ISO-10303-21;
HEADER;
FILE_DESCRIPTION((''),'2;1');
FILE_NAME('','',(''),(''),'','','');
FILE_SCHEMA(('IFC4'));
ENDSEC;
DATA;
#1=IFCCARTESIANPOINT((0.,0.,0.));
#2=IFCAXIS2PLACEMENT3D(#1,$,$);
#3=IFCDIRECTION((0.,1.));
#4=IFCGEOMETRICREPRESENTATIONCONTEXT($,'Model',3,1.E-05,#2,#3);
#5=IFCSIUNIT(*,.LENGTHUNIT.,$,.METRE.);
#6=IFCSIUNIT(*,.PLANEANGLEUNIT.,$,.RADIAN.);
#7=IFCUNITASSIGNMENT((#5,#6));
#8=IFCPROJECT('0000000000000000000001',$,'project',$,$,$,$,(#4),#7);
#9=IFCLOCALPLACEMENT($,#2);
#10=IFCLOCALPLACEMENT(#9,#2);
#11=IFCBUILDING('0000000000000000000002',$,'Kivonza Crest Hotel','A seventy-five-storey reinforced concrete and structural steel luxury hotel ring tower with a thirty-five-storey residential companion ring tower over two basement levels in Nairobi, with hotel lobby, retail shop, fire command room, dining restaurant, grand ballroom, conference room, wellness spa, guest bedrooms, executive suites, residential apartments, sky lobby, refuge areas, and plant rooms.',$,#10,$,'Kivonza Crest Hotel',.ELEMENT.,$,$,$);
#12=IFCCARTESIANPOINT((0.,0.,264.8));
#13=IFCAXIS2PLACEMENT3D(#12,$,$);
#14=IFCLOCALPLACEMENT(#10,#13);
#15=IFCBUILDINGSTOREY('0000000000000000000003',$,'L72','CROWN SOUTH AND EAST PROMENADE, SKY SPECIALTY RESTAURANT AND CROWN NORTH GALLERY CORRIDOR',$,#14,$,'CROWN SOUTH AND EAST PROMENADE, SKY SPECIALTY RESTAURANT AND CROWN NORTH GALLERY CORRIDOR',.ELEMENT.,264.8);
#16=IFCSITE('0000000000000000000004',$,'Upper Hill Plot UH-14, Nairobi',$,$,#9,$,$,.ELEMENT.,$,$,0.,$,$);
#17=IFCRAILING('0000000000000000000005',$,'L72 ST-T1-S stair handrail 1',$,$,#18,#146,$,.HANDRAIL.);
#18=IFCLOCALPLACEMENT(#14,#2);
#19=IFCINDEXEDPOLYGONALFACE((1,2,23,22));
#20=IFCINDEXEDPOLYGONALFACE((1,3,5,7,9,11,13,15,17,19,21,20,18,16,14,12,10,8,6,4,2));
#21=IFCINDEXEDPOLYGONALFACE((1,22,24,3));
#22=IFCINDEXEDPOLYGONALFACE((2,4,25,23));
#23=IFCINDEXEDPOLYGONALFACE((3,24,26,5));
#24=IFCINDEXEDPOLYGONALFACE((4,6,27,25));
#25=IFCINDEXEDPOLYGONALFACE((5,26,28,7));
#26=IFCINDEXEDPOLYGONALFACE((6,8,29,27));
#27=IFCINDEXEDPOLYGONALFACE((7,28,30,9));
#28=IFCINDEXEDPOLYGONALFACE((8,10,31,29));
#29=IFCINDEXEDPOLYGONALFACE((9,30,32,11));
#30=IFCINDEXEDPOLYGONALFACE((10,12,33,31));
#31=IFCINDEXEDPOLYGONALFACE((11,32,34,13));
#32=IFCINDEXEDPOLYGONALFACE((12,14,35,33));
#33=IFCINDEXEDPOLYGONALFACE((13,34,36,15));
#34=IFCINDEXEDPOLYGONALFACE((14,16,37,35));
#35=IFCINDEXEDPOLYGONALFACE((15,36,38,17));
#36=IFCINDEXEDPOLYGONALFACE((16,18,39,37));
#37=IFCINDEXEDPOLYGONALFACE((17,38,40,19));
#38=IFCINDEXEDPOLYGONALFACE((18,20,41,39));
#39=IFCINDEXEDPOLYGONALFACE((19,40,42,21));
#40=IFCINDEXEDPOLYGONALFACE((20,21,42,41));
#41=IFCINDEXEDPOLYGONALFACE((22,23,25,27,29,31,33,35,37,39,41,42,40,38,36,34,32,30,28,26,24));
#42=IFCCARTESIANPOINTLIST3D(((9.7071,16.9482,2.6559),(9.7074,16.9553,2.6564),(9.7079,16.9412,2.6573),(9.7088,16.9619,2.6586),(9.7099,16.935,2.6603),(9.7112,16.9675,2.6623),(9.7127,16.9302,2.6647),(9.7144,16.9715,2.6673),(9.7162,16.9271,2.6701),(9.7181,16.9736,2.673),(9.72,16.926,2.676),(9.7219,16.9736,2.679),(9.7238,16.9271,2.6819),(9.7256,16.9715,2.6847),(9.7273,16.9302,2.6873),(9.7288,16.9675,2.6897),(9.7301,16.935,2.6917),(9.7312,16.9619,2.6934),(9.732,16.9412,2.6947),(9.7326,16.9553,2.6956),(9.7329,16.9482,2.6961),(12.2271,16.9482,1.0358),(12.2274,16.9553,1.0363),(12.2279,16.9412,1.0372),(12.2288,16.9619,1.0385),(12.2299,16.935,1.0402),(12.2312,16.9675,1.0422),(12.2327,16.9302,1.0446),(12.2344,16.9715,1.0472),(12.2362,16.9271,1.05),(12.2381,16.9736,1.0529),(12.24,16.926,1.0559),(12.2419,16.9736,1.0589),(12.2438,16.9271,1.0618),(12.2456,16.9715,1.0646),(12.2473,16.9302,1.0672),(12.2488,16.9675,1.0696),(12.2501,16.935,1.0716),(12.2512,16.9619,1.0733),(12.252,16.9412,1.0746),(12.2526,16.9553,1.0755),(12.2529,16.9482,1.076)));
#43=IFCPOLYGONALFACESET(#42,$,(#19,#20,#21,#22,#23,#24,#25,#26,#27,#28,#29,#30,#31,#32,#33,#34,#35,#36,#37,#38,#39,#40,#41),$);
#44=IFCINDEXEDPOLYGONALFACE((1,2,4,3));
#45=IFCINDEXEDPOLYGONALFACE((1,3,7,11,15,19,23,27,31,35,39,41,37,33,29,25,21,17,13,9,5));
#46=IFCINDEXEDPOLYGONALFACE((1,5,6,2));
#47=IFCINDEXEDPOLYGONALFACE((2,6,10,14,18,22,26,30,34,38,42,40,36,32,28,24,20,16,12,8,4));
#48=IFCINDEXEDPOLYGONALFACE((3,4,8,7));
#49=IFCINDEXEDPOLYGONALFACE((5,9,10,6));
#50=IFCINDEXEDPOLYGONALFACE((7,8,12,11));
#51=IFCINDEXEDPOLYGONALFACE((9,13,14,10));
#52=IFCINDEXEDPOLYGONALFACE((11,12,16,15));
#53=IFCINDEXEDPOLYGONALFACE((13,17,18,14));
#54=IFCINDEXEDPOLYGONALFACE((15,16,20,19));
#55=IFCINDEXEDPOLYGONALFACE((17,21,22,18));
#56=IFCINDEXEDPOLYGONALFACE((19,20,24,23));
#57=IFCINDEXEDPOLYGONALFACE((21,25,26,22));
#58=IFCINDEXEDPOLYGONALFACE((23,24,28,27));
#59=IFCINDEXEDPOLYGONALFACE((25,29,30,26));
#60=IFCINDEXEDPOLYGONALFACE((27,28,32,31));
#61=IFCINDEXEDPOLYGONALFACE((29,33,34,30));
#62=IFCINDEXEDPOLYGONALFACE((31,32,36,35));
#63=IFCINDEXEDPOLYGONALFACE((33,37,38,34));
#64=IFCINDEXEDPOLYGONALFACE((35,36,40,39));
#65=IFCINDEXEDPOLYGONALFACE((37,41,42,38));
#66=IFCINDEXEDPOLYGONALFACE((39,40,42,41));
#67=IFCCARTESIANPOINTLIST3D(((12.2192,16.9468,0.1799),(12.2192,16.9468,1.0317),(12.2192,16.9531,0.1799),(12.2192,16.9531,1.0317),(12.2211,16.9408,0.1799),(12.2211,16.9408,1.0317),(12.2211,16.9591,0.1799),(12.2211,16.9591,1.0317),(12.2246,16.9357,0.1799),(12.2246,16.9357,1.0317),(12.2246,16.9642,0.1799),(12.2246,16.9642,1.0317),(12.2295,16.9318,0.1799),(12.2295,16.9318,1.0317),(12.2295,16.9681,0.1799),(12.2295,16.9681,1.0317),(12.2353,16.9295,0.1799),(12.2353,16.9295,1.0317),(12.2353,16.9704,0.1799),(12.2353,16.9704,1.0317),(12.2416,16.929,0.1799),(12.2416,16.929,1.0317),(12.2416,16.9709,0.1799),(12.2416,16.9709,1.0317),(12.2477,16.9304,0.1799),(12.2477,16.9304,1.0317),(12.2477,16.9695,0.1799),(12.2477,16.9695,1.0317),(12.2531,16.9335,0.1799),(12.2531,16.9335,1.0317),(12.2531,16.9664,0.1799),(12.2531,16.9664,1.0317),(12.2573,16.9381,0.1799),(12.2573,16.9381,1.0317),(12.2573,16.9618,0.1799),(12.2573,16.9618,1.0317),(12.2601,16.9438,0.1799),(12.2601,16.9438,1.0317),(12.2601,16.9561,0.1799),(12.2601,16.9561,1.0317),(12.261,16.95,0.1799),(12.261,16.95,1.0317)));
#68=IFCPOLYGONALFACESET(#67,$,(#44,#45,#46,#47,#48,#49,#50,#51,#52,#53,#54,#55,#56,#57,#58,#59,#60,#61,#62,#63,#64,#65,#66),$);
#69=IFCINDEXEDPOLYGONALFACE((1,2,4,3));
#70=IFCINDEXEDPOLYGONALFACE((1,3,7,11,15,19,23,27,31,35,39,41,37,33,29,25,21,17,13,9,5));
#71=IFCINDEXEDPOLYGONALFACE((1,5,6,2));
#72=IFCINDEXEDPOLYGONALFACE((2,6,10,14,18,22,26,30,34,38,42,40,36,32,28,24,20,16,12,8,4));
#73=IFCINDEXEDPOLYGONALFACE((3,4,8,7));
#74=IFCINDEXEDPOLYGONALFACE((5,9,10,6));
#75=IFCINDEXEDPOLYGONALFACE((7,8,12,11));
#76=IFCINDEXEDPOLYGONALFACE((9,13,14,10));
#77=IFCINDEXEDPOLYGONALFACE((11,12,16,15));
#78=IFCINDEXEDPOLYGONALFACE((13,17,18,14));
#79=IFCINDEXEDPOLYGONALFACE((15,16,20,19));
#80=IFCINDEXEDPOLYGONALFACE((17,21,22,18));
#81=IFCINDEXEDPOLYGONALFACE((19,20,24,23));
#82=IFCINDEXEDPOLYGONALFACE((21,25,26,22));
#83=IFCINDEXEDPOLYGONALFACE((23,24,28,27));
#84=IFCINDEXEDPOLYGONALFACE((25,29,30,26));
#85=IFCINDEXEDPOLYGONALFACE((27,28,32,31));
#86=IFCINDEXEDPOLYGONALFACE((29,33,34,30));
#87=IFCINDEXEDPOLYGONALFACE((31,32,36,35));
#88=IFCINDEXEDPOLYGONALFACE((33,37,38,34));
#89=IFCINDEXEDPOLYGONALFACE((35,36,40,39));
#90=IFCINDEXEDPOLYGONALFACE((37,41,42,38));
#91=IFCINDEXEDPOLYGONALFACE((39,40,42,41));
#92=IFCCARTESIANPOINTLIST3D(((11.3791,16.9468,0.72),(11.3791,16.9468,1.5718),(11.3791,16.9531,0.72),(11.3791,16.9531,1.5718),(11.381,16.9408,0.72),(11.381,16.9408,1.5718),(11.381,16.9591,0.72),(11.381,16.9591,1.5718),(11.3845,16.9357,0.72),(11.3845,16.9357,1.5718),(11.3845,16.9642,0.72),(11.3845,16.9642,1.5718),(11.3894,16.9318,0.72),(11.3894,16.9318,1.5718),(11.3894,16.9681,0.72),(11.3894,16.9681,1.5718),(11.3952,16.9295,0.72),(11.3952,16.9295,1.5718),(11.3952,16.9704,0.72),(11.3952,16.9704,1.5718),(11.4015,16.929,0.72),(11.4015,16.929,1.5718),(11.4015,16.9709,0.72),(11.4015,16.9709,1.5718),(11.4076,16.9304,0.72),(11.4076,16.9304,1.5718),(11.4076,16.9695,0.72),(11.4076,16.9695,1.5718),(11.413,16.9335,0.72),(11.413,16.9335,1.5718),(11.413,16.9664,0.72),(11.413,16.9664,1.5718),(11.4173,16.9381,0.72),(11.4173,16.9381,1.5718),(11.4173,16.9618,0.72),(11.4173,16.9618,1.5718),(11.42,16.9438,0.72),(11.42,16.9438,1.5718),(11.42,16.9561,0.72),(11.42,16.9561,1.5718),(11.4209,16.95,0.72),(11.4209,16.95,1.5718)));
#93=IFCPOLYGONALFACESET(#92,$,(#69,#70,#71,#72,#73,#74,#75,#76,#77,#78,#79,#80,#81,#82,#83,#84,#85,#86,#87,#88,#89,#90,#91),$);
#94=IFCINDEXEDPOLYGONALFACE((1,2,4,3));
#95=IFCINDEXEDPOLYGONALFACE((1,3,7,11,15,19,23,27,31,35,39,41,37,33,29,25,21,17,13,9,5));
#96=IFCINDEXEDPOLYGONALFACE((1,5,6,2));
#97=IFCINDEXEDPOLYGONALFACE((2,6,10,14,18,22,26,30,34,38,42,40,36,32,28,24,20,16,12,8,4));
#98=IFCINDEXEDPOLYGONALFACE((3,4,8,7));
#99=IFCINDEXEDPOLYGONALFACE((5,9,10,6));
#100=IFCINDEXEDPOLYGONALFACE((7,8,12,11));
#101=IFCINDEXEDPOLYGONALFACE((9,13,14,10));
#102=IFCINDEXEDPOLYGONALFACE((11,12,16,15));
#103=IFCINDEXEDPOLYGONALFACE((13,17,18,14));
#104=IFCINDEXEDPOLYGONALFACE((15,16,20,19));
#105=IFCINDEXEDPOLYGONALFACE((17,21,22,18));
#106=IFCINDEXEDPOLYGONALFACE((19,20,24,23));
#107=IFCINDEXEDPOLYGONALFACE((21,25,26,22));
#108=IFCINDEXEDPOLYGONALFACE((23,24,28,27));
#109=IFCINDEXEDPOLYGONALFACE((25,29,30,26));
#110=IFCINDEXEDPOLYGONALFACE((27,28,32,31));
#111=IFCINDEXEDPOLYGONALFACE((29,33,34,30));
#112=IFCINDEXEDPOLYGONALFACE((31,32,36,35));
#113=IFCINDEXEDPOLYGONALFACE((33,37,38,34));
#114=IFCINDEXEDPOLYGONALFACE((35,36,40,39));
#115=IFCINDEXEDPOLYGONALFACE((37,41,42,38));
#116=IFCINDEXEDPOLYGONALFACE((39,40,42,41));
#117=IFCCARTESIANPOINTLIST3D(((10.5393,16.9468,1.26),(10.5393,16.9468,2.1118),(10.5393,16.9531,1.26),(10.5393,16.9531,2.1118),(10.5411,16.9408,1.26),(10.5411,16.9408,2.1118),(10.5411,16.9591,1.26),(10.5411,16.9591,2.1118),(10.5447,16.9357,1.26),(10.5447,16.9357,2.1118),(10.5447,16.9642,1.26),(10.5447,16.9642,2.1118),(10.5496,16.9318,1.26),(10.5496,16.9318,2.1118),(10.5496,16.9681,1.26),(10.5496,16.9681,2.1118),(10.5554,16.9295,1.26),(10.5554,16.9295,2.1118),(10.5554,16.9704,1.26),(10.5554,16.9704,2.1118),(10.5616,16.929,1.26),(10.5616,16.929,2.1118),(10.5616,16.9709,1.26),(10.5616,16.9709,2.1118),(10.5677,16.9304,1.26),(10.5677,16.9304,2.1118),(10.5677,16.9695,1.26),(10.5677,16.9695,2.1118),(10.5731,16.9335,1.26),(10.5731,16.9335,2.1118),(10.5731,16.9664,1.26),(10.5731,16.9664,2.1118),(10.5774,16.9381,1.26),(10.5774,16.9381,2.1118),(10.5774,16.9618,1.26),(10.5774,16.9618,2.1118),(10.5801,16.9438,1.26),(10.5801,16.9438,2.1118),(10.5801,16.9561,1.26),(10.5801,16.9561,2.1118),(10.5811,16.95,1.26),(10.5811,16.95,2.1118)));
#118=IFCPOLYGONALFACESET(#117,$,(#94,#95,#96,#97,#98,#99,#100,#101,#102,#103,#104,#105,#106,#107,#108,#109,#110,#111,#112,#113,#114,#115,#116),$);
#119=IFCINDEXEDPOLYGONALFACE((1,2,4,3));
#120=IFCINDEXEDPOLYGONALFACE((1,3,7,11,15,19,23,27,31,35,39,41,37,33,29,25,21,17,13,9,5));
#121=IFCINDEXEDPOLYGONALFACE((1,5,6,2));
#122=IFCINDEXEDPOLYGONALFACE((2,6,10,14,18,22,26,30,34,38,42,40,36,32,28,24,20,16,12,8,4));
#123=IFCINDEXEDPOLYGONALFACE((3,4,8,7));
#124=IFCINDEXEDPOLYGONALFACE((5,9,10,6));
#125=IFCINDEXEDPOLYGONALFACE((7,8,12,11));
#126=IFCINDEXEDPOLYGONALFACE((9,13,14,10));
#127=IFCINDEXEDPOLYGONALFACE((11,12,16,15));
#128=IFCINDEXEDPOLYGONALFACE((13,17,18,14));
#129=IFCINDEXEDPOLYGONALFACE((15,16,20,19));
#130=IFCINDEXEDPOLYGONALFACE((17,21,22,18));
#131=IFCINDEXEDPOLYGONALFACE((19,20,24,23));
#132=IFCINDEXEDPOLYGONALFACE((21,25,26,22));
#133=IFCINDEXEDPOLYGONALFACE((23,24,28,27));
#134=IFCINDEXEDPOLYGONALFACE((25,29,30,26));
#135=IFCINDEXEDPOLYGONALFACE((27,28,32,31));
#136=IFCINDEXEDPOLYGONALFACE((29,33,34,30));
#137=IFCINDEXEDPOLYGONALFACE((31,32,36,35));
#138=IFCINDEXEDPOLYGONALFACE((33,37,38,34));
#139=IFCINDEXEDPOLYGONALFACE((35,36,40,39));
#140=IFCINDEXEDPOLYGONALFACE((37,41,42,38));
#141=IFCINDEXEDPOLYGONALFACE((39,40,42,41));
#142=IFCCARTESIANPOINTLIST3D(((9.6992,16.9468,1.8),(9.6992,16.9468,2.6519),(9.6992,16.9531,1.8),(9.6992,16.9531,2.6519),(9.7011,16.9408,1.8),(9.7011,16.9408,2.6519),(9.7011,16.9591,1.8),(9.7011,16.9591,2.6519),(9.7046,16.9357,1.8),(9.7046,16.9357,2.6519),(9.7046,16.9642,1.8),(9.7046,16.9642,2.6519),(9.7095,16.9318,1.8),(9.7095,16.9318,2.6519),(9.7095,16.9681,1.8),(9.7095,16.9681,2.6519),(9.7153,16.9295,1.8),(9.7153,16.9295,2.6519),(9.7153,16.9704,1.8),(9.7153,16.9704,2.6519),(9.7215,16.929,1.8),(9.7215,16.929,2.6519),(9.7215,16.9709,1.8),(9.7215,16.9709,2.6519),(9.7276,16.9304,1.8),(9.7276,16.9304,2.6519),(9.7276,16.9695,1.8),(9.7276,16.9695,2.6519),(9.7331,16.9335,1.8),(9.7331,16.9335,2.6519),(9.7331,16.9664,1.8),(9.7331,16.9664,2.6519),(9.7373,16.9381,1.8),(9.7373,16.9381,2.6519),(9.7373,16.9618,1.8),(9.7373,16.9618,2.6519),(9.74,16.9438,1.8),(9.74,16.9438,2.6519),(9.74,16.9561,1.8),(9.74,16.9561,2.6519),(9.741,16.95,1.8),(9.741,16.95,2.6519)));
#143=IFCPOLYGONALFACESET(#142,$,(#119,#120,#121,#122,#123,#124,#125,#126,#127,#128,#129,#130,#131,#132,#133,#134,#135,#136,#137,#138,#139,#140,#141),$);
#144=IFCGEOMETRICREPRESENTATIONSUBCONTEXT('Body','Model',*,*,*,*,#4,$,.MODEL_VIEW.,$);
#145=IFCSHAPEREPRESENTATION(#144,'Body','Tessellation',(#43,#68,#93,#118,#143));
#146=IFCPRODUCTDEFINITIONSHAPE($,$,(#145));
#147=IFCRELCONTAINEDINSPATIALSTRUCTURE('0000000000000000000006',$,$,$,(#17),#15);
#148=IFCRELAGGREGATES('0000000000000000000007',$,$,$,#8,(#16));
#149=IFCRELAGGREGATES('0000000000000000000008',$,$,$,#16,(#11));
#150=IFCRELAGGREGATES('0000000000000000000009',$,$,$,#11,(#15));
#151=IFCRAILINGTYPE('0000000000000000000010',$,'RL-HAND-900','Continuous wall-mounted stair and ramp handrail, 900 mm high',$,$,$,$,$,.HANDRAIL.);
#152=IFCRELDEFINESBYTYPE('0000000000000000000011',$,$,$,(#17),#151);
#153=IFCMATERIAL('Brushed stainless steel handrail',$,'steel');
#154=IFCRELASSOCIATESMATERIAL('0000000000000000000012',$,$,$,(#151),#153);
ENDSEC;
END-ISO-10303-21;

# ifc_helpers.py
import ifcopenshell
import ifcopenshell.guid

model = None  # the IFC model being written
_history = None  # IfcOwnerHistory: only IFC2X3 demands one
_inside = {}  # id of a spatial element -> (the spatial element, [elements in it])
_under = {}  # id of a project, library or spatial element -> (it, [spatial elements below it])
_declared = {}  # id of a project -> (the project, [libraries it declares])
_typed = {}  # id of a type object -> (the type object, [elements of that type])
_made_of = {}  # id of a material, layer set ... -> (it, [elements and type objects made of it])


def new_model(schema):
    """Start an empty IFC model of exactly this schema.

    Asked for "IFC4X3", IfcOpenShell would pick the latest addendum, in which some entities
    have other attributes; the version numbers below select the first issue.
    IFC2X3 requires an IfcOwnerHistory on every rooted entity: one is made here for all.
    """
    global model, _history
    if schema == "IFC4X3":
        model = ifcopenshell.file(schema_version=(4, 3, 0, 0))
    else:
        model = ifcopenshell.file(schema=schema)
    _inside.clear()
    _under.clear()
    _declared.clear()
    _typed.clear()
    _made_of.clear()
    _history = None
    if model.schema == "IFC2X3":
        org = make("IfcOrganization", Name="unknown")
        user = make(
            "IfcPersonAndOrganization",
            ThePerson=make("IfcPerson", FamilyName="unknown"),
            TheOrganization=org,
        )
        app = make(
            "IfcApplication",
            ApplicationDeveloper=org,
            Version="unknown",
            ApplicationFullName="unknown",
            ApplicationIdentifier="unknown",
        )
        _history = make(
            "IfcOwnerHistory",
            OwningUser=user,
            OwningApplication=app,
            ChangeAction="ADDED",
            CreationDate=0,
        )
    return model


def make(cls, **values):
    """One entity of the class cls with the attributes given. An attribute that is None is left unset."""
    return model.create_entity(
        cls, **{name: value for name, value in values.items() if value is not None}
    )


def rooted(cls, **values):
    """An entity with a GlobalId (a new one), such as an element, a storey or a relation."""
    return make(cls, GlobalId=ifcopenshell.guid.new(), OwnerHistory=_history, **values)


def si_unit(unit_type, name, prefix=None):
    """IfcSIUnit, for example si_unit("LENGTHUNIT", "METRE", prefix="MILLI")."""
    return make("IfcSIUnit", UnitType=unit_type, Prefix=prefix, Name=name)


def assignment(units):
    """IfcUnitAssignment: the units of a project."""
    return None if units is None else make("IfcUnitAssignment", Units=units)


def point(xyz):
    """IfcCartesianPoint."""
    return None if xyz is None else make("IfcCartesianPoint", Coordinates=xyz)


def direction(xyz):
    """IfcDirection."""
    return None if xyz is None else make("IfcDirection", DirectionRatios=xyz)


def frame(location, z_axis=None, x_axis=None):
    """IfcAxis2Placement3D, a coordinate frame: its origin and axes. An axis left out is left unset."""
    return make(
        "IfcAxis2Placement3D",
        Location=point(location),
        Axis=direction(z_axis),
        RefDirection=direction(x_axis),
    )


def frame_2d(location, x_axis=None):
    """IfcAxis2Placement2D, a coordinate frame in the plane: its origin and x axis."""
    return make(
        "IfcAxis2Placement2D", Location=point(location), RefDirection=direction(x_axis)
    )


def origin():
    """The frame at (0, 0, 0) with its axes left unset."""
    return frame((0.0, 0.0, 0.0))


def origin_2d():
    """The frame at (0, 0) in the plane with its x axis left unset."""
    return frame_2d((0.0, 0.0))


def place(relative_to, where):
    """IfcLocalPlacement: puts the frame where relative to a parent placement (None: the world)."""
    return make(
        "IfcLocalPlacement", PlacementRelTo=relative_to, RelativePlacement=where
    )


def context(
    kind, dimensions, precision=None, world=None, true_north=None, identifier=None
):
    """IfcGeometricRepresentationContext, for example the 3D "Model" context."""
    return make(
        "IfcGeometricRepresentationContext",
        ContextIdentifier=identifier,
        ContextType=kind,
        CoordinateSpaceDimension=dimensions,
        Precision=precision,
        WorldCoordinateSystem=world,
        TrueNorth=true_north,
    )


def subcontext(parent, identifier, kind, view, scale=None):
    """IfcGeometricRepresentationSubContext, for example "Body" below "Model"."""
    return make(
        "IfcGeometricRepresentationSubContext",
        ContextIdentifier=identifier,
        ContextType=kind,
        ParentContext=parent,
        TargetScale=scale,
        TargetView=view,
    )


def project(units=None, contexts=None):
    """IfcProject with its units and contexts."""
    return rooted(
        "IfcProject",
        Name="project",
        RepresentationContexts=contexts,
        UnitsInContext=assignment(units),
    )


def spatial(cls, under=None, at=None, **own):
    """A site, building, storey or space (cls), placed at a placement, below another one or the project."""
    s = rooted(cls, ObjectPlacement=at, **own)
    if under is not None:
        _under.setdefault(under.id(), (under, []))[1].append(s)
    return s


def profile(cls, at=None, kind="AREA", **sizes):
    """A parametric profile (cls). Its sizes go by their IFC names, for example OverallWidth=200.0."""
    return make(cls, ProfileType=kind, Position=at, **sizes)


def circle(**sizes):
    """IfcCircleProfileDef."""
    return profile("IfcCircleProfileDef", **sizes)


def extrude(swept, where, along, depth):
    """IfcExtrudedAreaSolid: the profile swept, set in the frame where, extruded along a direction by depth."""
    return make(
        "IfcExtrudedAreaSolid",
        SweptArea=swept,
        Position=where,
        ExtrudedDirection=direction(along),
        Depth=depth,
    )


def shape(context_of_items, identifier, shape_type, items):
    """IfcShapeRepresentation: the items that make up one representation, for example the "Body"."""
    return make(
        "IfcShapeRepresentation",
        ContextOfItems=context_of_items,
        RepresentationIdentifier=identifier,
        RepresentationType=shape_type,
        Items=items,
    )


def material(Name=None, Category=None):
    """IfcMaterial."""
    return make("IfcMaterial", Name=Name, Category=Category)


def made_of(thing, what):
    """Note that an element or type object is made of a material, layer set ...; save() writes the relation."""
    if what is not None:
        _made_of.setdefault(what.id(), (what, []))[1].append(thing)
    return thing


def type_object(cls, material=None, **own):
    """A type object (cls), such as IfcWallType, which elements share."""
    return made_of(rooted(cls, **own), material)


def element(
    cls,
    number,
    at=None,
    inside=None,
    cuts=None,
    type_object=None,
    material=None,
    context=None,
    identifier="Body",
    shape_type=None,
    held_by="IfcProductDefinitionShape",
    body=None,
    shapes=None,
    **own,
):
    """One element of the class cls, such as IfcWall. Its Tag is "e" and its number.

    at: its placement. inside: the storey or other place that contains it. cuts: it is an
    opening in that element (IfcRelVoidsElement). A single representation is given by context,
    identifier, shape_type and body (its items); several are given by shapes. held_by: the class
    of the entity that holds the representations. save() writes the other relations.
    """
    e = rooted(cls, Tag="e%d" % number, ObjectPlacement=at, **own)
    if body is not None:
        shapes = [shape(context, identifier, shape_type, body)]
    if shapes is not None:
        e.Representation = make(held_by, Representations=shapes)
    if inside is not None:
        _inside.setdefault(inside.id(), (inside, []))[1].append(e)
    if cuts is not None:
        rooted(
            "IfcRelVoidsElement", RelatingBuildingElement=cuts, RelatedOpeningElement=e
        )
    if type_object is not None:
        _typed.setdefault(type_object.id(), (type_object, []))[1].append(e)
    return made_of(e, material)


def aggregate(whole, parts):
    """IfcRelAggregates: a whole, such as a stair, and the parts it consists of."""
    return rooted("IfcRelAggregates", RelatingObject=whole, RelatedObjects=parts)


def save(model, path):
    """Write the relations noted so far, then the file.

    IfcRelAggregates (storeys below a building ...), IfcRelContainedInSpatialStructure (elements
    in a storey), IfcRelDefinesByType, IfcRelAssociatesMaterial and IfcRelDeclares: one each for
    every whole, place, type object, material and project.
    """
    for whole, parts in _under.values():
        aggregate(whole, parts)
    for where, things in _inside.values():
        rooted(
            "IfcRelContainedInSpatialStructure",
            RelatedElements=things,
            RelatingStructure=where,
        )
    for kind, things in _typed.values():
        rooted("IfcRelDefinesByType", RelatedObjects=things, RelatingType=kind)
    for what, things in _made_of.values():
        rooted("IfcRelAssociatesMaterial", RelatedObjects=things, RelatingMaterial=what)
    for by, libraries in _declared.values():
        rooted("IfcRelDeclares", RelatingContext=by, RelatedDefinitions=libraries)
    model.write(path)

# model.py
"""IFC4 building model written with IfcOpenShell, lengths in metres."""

from ifc_helpers import new_model, si_unit, direction, frame, origin, origin_2d, place, context, subcontext, project, spatial, circle, extrude, material, type_object, element, save


model = new_model("IFC4")

# Units and contexts
model_context = context("Model", 3, precision=1e-05, world=origin(), true_north=direction((0.0, 1.0)))
body_context = subcontext(model_context, "Body", "Model", "MODEL_VIEW")
ifc_project = project(units=[si_unit("LENGTHUNIT", "METRE"), si_unit("PLANEANGLEUNIT", "RADIAN")], contexts=[model_context])

# Site, building, storey
site_placement = place(None, origin())
site = spatial("IfcSite", under=ifc_project, at=site_placement, Name="Upper Hill Plot UH-14, Nairobi", CompositionType="ELEMENT", RefElevation=0.0)
building_placement = place(site_placement, origin())
building = spatial("IfcBuilding", under=site, at=building_placement, Name="Kivonza Crest Hotel", Description="A seventy-five-storey reinforced concrete and structural steel luxury hotel ring tower with a thirty-five-storey residential companion ring tower over two basement levels in Nairobi, with hotel lobby, retail shop, fire command room, dining restaurant, grand ballroom, conference room, wellness spa, guest bedrooms, executive suites, residential apartments, sky lobby, refuge areas, and plant rooms.", LongName="Kivonza Crest Hotel", CompositionType="ELEMENT")
storey_placement = place(building_placement, frame((0.0, 0.0, 264.8)))
storey = spatial("IfcBuildingStorey", under=building, at=storey_placement, Name="L72", Description="CROWN SOUTH AND EAST PROMENADE, SKY SPECIALTY RESTAURANT AND CROWN NORTH GALLERY CORRIDOR", LongName="CROWN SOUTH AND EAST PROMENADE, SKY SPECIALTY RESTAURANT AND CROWN NORTH GALLERY CORRIDOR", CompositionType="ELEMENT", Elevation=264.8)

# Railing
ifc_material_1 = material(Name="Brushed stainless steel handrail", Category="steel")
railing_type_1 = type_object("IfcRailingType", Name="RL-HAND-900", Description="Continuous wall-mounted stair and ramp handrail, 900 mm high", PredefinedType="HANDRAIL", material=ifc_material_1)
railing_1_placement = place(storey_placement, frame((12.24, 16.95, 0.1799)))
element("IfcRailing", 1, at=railing_1_placement, inside=storey, type_object=railing_type_1, Name="L72 ST-T1-S stair handrail 1", PredefinedType="HANDRAIL", context=body_context, shape_type="SweptSolid", body=[
    extrude(circle(Radius=0.0239, at=origin_2d()), frame((0.0, 0.0, 0.876), z_axis=(-0.841163, 0.0, 0.540782), x_axis=(0.0, -1.0, 0.0)), (0.0, 0.0, 1.0), 2.9958),
    extrude(circle(Radius=0.021, at=origin_2d()), origin(), (0.0, 0.0, 1.0), 0.8518),
    extrude(circle(Radius=0.021, at=origin_2d()), frame((-0.8401, 0.0, 0.54)), (0.0, 0.0, 1.0), 0.8518),
    extrude(circle(Radius=0.021, at=origin_2d()), frame((-1.6799, 0.0, 1.0801)), (0.0, 0.0, 1.0), 0.8518),
    extrude(circle(Radius=0.021, at=origin_2d()), frame((-2.52, 0.0, 1.6201)), (0.0, 0.0, 1.0), 0.8518),
])

save(model, "model.ifc")
